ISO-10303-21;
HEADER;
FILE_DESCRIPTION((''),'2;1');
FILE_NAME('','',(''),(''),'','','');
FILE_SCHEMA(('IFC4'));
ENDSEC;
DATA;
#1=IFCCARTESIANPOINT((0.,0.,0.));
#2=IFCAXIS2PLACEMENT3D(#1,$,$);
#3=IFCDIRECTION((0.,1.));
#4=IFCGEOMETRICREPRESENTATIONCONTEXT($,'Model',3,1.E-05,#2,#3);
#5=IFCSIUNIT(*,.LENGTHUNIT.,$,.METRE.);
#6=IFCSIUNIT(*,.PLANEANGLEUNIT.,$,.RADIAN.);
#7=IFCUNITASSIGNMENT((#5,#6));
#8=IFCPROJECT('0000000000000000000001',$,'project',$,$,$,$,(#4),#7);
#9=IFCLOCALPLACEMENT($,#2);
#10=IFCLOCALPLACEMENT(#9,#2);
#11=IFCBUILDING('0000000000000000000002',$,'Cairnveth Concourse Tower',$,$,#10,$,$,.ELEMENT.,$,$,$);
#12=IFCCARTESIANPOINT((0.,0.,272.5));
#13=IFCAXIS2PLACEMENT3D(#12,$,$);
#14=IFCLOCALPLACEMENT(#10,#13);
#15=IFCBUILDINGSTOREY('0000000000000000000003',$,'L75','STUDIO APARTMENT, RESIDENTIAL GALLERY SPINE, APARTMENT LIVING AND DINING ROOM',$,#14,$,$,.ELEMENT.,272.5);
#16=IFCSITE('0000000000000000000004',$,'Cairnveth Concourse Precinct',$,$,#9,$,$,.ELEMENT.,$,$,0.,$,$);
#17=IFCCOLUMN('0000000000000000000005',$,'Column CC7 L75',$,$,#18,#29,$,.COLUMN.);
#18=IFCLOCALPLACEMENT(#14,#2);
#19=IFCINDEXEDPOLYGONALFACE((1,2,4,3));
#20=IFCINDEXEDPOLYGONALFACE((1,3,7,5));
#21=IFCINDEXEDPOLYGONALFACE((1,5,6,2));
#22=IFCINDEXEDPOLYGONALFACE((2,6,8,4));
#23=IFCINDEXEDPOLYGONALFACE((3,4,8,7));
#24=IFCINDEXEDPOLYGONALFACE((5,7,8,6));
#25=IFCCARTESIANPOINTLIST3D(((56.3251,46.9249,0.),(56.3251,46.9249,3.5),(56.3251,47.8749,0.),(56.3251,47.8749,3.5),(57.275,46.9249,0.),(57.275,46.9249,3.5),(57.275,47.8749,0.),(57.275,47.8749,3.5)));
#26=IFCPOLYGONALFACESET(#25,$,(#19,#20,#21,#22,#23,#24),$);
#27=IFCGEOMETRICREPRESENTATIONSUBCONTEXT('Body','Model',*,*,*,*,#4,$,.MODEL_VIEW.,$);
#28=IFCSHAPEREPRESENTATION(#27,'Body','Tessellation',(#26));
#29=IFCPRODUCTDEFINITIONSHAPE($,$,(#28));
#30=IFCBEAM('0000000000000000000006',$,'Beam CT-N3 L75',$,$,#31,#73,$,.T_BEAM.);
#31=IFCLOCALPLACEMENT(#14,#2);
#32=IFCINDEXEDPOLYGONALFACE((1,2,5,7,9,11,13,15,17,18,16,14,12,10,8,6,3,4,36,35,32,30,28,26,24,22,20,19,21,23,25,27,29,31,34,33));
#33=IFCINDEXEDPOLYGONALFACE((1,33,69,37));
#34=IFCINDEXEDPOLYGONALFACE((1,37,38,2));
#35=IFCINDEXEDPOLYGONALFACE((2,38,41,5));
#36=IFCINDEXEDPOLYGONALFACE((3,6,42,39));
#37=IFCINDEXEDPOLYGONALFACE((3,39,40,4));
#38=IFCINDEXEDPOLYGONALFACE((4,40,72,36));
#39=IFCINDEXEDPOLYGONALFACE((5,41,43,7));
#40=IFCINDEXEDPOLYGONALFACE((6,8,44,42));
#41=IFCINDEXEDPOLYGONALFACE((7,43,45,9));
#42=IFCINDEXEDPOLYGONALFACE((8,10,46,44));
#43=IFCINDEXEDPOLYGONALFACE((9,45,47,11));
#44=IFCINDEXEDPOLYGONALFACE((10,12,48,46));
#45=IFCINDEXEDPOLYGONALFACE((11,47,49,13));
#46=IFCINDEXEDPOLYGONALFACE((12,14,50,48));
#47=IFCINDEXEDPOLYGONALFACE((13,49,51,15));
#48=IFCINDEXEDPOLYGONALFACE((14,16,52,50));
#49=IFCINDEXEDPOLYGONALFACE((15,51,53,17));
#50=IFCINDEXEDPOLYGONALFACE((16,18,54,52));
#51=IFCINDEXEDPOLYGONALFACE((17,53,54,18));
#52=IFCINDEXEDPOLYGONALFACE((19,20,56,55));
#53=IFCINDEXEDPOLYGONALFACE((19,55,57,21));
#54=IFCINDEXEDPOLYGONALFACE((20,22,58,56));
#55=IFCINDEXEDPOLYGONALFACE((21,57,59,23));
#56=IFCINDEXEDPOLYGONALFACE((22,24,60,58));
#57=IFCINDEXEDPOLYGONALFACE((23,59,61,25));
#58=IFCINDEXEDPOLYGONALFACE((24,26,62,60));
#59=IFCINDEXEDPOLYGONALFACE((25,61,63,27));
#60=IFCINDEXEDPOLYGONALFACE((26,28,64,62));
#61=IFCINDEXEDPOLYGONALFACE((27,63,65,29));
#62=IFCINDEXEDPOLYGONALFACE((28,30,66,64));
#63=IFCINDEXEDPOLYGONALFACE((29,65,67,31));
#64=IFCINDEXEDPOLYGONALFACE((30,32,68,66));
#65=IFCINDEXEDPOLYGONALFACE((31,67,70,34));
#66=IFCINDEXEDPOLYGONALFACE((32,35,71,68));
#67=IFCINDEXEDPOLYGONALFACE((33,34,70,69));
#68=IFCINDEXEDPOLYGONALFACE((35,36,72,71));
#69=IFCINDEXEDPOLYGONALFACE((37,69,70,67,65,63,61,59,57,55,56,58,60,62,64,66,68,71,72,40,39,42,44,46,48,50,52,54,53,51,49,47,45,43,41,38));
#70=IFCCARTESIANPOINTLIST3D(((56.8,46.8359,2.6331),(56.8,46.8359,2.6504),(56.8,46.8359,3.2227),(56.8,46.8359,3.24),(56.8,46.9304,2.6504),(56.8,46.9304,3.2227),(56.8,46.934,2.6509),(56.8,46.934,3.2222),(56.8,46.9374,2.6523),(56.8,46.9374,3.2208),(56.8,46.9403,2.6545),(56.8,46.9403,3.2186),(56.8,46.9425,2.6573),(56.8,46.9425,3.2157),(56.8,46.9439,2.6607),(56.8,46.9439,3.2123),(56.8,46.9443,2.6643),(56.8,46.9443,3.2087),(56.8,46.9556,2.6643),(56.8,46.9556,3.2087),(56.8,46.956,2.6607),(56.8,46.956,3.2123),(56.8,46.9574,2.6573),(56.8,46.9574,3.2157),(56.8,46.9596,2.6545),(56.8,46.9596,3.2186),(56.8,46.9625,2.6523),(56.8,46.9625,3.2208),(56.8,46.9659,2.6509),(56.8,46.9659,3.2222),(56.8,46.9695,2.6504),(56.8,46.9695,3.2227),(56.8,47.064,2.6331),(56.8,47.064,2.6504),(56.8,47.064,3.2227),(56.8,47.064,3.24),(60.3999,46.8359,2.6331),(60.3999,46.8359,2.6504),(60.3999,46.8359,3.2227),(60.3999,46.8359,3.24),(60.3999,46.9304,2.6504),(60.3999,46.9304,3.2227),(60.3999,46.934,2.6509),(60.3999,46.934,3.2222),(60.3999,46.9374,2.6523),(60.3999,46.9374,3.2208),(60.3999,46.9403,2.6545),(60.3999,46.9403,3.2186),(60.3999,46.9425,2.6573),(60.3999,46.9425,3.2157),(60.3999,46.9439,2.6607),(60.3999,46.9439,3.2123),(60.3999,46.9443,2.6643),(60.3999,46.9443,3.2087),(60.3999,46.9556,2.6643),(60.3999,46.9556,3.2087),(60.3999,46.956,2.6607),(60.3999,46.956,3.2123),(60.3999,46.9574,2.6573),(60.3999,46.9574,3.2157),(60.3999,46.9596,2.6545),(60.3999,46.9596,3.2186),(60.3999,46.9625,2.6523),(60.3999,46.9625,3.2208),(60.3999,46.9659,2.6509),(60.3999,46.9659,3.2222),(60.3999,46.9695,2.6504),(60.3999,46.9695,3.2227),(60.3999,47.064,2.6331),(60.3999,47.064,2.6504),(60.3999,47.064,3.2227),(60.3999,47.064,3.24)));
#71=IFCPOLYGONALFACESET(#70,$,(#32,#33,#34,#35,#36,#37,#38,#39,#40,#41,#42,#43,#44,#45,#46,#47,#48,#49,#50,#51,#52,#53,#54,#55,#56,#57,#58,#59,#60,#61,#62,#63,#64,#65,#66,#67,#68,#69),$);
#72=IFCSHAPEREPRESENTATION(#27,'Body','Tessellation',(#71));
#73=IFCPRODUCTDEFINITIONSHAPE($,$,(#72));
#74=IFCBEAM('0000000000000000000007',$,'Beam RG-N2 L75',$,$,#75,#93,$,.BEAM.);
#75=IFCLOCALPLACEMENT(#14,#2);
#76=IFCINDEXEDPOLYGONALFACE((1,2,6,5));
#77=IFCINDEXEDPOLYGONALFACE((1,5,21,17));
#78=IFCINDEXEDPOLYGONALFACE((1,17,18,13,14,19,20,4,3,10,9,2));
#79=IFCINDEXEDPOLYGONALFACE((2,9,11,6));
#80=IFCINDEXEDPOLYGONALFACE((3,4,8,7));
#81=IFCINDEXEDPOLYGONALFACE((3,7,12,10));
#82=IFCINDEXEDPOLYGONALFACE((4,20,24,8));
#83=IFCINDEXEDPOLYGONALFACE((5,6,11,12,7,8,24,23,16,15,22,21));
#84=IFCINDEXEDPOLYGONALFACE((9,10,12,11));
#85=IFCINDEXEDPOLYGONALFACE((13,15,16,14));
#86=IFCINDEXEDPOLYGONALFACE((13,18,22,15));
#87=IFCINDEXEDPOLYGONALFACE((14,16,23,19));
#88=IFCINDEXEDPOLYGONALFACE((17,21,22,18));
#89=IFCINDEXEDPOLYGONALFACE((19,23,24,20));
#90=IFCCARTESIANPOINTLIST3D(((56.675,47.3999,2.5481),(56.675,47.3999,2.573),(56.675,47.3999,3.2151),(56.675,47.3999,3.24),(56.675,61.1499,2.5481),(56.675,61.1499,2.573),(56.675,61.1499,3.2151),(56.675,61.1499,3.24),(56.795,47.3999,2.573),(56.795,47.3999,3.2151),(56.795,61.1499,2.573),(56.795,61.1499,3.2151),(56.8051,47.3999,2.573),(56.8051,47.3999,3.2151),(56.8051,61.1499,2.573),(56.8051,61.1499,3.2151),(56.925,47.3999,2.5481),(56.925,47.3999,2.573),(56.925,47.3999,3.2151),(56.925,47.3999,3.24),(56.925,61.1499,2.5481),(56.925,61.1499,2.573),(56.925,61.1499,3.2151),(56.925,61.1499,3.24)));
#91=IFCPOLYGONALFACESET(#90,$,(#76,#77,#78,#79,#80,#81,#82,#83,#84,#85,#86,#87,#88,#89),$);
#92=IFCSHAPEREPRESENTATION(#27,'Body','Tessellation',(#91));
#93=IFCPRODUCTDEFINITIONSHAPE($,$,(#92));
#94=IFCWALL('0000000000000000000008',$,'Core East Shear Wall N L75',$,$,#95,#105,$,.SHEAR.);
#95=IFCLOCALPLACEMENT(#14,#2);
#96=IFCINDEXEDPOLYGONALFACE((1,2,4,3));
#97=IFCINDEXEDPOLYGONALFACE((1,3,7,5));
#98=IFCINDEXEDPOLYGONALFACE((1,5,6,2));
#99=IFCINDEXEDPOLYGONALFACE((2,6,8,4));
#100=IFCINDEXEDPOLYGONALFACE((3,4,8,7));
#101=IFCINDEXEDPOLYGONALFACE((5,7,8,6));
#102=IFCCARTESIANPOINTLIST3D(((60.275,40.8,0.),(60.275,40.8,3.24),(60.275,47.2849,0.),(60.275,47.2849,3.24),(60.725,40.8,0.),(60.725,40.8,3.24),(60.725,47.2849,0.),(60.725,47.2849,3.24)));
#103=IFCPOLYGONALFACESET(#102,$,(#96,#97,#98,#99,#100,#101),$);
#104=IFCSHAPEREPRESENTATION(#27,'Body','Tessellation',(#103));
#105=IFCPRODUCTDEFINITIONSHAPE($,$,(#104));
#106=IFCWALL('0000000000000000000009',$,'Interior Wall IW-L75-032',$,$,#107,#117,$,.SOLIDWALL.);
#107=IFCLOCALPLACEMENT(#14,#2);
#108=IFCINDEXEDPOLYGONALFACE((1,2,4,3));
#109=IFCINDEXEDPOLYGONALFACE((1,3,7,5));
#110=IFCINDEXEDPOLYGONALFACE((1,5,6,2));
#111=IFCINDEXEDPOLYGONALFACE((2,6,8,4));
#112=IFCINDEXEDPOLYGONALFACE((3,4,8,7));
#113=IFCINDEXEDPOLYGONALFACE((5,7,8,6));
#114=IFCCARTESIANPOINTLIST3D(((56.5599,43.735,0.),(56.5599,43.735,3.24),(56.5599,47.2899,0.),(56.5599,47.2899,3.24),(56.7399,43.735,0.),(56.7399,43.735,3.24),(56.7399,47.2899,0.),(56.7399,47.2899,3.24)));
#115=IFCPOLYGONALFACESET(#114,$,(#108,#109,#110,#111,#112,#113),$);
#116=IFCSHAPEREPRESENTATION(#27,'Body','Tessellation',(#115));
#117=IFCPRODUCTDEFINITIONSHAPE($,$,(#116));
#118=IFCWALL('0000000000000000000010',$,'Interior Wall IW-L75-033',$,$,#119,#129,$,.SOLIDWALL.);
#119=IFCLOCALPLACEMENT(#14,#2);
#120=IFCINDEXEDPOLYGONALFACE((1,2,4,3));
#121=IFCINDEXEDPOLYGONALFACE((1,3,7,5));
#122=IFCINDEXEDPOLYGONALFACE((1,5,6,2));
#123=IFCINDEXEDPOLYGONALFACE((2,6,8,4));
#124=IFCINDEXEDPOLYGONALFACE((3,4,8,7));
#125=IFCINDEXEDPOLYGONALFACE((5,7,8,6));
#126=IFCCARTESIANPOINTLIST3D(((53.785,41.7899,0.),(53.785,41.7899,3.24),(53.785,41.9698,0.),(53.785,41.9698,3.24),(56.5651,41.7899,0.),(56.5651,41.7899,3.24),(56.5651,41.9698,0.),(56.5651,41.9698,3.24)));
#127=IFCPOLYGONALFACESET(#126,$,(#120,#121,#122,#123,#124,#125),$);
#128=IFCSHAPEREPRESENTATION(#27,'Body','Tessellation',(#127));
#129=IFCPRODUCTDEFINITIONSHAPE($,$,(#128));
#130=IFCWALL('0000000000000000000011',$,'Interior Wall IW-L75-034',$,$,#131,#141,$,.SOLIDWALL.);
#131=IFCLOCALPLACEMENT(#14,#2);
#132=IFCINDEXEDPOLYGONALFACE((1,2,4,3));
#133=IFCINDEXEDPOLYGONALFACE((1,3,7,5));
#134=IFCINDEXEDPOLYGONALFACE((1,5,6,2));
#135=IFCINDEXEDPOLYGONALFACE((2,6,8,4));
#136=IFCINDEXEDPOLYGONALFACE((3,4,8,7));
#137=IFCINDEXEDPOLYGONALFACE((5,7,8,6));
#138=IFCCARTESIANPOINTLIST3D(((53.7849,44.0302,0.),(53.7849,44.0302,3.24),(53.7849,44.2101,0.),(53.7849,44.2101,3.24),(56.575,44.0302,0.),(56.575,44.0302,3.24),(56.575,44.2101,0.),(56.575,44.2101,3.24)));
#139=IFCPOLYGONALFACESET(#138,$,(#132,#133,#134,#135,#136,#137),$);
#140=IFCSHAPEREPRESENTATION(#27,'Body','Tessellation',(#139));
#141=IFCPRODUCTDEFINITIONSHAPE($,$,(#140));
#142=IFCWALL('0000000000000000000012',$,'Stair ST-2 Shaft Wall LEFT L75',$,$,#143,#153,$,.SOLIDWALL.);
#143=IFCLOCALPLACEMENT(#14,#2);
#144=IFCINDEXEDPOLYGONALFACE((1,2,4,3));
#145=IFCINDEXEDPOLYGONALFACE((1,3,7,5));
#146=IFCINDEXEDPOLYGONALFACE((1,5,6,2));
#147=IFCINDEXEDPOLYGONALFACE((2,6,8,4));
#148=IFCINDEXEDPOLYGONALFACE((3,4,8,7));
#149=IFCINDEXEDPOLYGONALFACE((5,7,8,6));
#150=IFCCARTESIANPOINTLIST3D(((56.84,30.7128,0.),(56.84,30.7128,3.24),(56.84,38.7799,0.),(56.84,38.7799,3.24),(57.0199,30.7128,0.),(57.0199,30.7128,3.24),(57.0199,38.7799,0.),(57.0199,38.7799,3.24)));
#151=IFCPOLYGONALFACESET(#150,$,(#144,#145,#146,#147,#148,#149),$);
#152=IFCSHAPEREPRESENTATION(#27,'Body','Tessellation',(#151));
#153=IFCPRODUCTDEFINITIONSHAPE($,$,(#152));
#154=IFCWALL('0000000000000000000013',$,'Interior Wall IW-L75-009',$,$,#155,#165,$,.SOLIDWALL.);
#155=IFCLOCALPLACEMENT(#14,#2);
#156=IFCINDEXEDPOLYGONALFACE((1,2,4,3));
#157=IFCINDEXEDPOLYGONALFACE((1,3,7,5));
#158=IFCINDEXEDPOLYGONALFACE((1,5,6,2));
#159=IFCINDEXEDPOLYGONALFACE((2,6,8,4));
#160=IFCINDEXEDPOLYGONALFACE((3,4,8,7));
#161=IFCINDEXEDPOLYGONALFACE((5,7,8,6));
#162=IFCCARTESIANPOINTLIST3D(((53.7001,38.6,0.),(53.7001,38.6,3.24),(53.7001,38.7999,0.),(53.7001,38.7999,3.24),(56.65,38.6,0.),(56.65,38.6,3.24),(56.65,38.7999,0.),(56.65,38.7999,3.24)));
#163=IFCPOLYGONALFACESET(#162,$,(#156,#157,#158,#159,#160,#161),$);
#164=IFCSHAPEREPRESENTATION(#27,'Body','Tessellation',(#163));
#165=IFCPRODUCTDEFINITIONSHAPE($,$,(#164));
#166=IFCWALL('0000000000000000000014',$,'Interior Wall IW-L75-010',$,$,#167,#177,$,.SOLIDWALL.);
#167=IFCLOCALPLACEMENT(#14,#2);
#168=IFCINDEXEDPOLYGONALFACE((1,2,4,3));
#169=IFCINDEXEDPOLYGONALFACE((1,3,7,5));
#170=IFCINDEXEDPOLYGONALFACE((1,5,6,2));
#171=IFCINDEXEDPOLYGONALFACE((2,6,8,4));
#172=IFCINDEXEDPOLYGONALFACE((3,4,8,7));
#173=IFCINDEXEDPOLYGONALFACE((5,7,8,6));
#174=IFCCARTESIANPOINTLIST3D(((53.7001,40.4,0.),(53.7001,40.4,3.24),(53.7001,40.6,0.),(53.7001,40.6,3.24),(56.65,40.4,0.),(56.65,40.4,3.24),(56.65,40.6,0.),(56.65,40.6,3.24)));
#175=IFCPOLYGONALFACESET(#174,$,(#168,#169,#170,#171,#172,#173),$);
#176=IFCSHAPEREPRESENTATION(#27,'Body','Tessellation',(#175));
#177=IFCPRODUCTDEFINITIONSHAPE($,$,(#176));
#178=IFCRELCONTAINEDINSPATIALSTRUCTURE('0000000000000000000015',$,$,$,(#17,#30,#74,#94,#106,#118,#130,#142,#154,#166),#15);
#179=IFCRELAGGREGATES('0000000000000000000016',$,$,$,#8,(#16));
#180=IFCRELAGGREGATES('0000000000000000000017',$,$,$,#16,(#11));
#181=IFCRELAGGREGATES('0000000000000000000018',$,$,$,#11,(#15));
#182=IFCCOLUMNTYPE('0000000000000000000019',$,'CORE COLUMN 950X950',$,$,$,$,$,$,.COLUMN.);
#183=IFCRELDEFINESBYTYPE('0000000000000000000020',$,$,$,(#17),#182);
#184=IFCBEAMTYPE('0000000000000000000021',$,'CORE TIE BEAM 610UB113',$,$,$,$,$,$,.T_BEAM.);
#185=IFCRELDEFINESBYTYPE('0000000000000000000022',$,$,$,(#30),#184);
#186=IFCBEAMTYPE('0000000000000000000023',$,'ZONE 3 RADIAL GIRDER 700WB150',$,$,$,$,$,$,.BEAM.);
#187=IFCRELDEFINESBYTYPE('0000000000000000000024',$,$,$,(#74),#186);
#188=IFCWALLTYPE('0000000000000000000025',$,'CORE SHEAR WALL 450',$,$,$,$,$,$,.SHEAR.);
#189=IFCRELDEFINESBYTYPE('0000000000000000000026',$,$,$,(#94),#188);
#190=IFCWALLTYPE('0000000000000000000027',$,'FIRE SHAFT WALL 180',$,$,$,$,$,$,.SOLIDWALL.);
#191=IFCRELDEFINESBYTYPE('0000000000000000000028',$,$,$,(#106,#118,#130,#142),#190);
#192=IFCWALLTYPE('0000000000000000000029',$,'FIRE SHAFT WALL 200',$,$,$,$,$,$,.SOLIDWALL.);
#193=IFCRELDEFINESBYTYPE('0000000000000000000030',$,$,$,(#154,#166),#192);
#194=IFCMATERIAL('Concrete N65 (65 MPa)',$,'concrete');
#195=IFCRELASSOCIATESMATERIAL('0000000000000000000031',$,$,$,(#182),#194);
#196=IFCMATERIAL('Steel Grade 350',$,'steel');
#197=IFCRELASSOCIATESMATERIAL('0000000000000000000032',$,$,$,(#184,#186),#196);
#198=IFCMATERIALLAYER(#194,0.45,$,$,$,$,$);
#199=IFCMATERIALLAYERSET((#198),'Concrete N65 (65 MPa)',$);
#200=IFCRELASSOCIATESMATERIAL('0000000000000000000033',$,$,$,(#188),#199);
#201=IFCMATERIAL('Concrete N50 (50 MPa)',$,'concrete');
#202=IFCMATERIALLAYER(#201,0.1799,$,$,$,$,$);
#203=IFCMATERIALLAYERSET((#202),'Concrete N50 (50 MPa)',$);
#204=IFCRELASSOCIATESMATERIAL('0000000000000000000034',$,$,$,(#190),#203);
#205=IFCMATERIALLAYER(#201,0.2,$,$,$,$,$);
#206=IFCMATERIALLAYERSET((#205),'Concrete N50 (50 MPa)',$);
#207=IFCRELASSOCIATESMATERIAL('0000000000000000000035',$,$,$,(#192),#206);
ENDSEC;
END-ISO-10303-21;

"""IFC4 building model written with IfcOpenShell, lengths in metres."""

from ifc_helpers import new_model, si_unit, direction, frame, frame_2d, origin, origin_2d, place, context, subcontext, project, spatial, rectangle, i_section, extrude, material, layer, layer_set, material_profile, profile_set, type_object, element, save


model = new_model("IFC4")

# Units and contexts
model_context = context("Model", 3, precision=1e-05, world=origin(), true_north=direction((0.0, 1.0)))
body_context = subcontext(model_context, "Body", "Model", "MODEL_VIEW")
ifc_project = project(units=[si_unit("LENGTHUNIT", "METRE"), si_unit("PLANEANGLEUNIT", "RADIAN")], contexts=[model_context])

# Site, building, storey
site_placement = place(None, origin())
site = spatial("IfcSite", under=ifc_project, at=site_placement, Name="Cairnveth Concourse Precinct", CompositionType="ELEMENT", RefElevation=0.0)
building_placement = place(site_placement, origin())
building = spatial("IfcBuilding", under=site, at=building_placement, Name="Cairnveth Concourse Tower", CompositionType="ELEMENT")
storey_placement = place(building_placement, frame((0.0, 0.0, 272.5)))
storey = spatial("IfcBuildingStorey", under=building, at=storey_placement, Name="L75", Description="STUDIO APARTMENT, RESIDENTIAL GALLERY SPINE, APARTMENT LIVING AND DINING ROOM", CompositionType="ELEMENT", Elevation=272.5)

# Column
ifc_material_1 = material(Name="Concrete N65 (65 MPa)", Category="concrete")
ifc_material_profile_1 = material_profile(ifc_material_1, rectangle(XDim=0.95, YDim=0.95, at=origin_2d()), Name="RC-COL-950x950")
ifc_profile_set_1 = profile_set([ifc_material_profile_1], Name="Concrete N65 (65 MPa)")
column_type = type_object("IfcColumnType", Name="CORE COLUMN 950X950", PredefinedType="COLUMN", material=ifc_profile_set_1)
column_placement = place(storey_placement, frame((56.8, 47.3999, 0.0), z_axis=(0.0, 0.0, 1.0), x_axis=(1.0, 0.0, 0.0)))
element("IfcColumn", 1, at=column_placement, inside=storey, type_object=column_type, Name="Column CC7 L75", PredefinedType="COLUMN", context=body_context, shape_type="SweptSolid", body=[
    extrude(rectangle(XDim=0.95, YDim=0.95, at=origin_2d()), origin(), (0.0, 0.0, 1.0), 3.5),
])

# Beams
ifc_material_2 = material(Name="Steel Grade 350", Category="steel")
ifc_material_profile_2 = material_profile(ifc_material_2, i_section(OverallWidth=0.228, OverallDepth=0.6069, WebThickness=0.0112, FlangeThickness=0.0173, FilletRadius=0.0139, at=origin_2d()), Name="610UB113")
ifc_profile_set_2 = profile_set([ifc_material_profile_2], Name="Steel Grade 350")
beam_type_1 = type_object("IfcBeamType", Name="CORE TIE BEAM 610UB113", PredefinedType="T_BEAM", material=ifc_profile_set_2)
beam_1_placement = place(storey_placement, frame((56.8, 46.95, 2.9365), z_axis=(1.0, 0.0, 0.0), x_axis=(0.0, 1.0, 0.0)))
element("IfcBeam", 2, at=beam_1_placement, inside=storey, type_object=beam_type_1, Name="Beam CT-N3 L75", PredefinedType="T_BEAM", context=body_context, shape_type="SweptSolid", body=[
    extrude(i_section(OverallWidth=0.228, OverallDepth=0.6069, WebThickness=0.0112, FlangeThickness=0.0173, FilletRadius=0.0139, at=origin_2d()), origin(), (0.0, 0.0, 1.0), 3.5999),
])
ifc_material_profile_3 = material_profile(ifc_material_2, i_section(OverallWidth=0.25, OverallDepth=0.6919, WebThickness=0.01, FlangeThickness=0.0249, at=origin_2d()), Name="700WB150")
ifc_profile_set_3 = profile_set([ifc_material_profile_3], Name="Steel Grade 350")
beam_type_2 = type_object("IfcBeamType", Name="ZONE 3 RADIAL GIRDER 700WB150", PredefinedType="BEAM", material=ifc_profile_set_3)
beam_2_placement = place(storey_placement, frame((56.8, 47.3999, 2.894), z_axis=(0.0, 1.0, 0.0), x_axis=(-1.0, 0.0, 0.0)))
element("IfcBeam", 3, at=beam_2_placement, inside=storey, type_object=beam_type_2, Name="Beam RG-N2 L75", PredefinedType="BEAM", context=body_context, shape_type="SweptSolid", body=[
    extrude(i_section(OverallWidth=0.25, OverallDepth=0.6919, WebThickness=0.01, FlangeThickness=0.0249, at=origin_2d()), origin(), (0.0, 0.0, 1.0), 13.75),
])

# Walls
ifc_layer_1 = layer(ifc_material_1, 0.45)
ifc_layer_set_1 = layer_set([ifc_layer_1], Name="Concrete N65 (65 MPa)")
wall_type_1 = type_object("IfcWallType", Name="CORE SHEAR WALL 450", PredefinedType="SHEAR", material=ifc_layer_set_1)
wall_1_placement = place(storey_placement, frame((60.5, 40.8, 0.0), z_axis=(0.0, 0.0, 1.0), x_axis=(0.0, 1.0, 0.0)))
element("IfcWall", 4, at=wall_1_placement, inside=storey, type_object=wall_type_1, Name="Core East Shear Wall N L75", PredefinedType="SHEAR", context=body_context, shape_type="SweptSolid", body=[
    extrude(rectangle(XDim=6.4849, YDim=0.45, at=frame_2d((3.2424, 0.0))), origin(), (0.0, 0.0, 1.0), 3.24),
])
ifc_material_3 = material(Name="Concrete N50 (50 MPa)", Category="concrete")
ifc_layer_2 = layer(ifc_material_3, 0.1799)
ifc_layer_set_2 = layer_set([ifc_layer_2], Name="Concrete N50 (50 MPa)")
wall_type_2 = type_object("IfcWallType", Name="FIRE SHAFT WALL 180", PredefinedType="SOLIDWALL", material=ifc_layer_set_2)
wall_2_placement = place(storey_placement, frame((56.6499, 43.7351, 0.0), z_axis=(0.0, 0.0, 1.0), x_axis=(0.0, 1.0, 0.0)))
element("IfcWall", 5, at=wall_2_placement, inside=storey, type_object=wall_type_2, Name="Interior Wall IW-L75-032", PredefinedType="SOLIDWALL", context=body_context, shape_type="SweptSolid", body=[
    extrude(rectangle(XDim=3.5549, YDim=0.1799, at=frame_2d((1.7773, 0.0))), origin(), (0.0, 0.0, 1.0), 3.24),
])
wall_3_placement = place(storey_placement, frame((53.7849, 41.8799, 0.0), z_axis=(0.0, 0.0, 1.0), x_axis=(1.0, 0.0, 0.0)))
element("IfcWall", 6, at=wall_3_placement, inside=storey, type_object=wall_type_2, Name="Interior Wall IW-L75-033", PredefinedType="SOLIDWALL", context=body_context, shape_type="SweptSolid", body=[
    extrude(rectangle(XDim=2.78, YDim=0.1799, at=frame_2d((1.3901, 0.0))), origin(), (0.0, 0.0, 1.0), 3.24),
])
wall_4_placement = place(storey_placement, frame((53.7849, 44.1201, 0.0), z_axis=(0.0, 0.0, 1.0), x_axis=(1.0, 0.0, 0.0)))
element("IfcWall", 7, at=wall_4_placement, inside=storey, type_object=wall_type_2, Name="Interior Wall IW-L75-034", PredefinedType="SOLIDWALL", context=body_context, shape_type="SweptSolid", body=[
    extrude(rectangle(XDim=2.79, YDim=0.1799, at=frame_2d((1.395, 0.0))), origin(), (0.0, 0.0, 1.0), 3.24),
])
wall_5_placement = place(storey_placement, frame((56.9299, 38.78, 0.0), z_axis=(0.0, 0.0, 1.0), x_axis=(0.0, -1.0, 0.0)))
element("IfcWall", 8, at=wall_5_placement, inside=storey, type_object=wall_type_2, Name="Stair ST-2 Shaft Wall LEFT L75", PredefinedType="SOLIDWALL", context=body_context, shape_type="SweptSolid", body=[
    extrude(rectangle(XDim=8.0671, YDim=0.1799, at=frame_2d((4.0337, 0.0))), origin(), (0.0, 0.0, 1.0), 3.24),
])
ifc_layer_3 = layer(ifc_material_3, 0.2)
ifc_layer_set_3 = layer_set([ifc_layer_3], Name="Concrete N50 (50 MPa)")
wall_type_3 = type_object("IfcWallType", Name="FIRE SHAFT WALL 200", PredefinedType="SOLIDWALL", material=ifc_layer_set_3)
for number, where, z_axis, x_axis, name in (
    (9, (53.7, 38.7, 0.0), (0.0, 0.0, 1.0), (1.0, 0.0, 0.0), "Interior Wall IW-L75-009"),
    (10, (53.7, 40.5, 0.0), (0.0, 0.0, 1.0), (1.0, 0.0, 0.0), "Interior Wall IW-L75-010"),
):
    element("IfcWall", number, at=place(storey_placement, frame(where, z_axis=z_axis, x_axis=x_axis)), inside=storey, type_object=wall_type_3, Name=name, PredefinedType="SOLIDWALL", context=body_context, shape_type="SweptSolid", body=[
        extrude(rectangle(XDim=2.95, YDim=0.2, at=frame_2d((1.4751, 0.0))), origin(), (0.0, 0.0, 1.0), 3.24),
    ])

save(model, "model.ifc")
